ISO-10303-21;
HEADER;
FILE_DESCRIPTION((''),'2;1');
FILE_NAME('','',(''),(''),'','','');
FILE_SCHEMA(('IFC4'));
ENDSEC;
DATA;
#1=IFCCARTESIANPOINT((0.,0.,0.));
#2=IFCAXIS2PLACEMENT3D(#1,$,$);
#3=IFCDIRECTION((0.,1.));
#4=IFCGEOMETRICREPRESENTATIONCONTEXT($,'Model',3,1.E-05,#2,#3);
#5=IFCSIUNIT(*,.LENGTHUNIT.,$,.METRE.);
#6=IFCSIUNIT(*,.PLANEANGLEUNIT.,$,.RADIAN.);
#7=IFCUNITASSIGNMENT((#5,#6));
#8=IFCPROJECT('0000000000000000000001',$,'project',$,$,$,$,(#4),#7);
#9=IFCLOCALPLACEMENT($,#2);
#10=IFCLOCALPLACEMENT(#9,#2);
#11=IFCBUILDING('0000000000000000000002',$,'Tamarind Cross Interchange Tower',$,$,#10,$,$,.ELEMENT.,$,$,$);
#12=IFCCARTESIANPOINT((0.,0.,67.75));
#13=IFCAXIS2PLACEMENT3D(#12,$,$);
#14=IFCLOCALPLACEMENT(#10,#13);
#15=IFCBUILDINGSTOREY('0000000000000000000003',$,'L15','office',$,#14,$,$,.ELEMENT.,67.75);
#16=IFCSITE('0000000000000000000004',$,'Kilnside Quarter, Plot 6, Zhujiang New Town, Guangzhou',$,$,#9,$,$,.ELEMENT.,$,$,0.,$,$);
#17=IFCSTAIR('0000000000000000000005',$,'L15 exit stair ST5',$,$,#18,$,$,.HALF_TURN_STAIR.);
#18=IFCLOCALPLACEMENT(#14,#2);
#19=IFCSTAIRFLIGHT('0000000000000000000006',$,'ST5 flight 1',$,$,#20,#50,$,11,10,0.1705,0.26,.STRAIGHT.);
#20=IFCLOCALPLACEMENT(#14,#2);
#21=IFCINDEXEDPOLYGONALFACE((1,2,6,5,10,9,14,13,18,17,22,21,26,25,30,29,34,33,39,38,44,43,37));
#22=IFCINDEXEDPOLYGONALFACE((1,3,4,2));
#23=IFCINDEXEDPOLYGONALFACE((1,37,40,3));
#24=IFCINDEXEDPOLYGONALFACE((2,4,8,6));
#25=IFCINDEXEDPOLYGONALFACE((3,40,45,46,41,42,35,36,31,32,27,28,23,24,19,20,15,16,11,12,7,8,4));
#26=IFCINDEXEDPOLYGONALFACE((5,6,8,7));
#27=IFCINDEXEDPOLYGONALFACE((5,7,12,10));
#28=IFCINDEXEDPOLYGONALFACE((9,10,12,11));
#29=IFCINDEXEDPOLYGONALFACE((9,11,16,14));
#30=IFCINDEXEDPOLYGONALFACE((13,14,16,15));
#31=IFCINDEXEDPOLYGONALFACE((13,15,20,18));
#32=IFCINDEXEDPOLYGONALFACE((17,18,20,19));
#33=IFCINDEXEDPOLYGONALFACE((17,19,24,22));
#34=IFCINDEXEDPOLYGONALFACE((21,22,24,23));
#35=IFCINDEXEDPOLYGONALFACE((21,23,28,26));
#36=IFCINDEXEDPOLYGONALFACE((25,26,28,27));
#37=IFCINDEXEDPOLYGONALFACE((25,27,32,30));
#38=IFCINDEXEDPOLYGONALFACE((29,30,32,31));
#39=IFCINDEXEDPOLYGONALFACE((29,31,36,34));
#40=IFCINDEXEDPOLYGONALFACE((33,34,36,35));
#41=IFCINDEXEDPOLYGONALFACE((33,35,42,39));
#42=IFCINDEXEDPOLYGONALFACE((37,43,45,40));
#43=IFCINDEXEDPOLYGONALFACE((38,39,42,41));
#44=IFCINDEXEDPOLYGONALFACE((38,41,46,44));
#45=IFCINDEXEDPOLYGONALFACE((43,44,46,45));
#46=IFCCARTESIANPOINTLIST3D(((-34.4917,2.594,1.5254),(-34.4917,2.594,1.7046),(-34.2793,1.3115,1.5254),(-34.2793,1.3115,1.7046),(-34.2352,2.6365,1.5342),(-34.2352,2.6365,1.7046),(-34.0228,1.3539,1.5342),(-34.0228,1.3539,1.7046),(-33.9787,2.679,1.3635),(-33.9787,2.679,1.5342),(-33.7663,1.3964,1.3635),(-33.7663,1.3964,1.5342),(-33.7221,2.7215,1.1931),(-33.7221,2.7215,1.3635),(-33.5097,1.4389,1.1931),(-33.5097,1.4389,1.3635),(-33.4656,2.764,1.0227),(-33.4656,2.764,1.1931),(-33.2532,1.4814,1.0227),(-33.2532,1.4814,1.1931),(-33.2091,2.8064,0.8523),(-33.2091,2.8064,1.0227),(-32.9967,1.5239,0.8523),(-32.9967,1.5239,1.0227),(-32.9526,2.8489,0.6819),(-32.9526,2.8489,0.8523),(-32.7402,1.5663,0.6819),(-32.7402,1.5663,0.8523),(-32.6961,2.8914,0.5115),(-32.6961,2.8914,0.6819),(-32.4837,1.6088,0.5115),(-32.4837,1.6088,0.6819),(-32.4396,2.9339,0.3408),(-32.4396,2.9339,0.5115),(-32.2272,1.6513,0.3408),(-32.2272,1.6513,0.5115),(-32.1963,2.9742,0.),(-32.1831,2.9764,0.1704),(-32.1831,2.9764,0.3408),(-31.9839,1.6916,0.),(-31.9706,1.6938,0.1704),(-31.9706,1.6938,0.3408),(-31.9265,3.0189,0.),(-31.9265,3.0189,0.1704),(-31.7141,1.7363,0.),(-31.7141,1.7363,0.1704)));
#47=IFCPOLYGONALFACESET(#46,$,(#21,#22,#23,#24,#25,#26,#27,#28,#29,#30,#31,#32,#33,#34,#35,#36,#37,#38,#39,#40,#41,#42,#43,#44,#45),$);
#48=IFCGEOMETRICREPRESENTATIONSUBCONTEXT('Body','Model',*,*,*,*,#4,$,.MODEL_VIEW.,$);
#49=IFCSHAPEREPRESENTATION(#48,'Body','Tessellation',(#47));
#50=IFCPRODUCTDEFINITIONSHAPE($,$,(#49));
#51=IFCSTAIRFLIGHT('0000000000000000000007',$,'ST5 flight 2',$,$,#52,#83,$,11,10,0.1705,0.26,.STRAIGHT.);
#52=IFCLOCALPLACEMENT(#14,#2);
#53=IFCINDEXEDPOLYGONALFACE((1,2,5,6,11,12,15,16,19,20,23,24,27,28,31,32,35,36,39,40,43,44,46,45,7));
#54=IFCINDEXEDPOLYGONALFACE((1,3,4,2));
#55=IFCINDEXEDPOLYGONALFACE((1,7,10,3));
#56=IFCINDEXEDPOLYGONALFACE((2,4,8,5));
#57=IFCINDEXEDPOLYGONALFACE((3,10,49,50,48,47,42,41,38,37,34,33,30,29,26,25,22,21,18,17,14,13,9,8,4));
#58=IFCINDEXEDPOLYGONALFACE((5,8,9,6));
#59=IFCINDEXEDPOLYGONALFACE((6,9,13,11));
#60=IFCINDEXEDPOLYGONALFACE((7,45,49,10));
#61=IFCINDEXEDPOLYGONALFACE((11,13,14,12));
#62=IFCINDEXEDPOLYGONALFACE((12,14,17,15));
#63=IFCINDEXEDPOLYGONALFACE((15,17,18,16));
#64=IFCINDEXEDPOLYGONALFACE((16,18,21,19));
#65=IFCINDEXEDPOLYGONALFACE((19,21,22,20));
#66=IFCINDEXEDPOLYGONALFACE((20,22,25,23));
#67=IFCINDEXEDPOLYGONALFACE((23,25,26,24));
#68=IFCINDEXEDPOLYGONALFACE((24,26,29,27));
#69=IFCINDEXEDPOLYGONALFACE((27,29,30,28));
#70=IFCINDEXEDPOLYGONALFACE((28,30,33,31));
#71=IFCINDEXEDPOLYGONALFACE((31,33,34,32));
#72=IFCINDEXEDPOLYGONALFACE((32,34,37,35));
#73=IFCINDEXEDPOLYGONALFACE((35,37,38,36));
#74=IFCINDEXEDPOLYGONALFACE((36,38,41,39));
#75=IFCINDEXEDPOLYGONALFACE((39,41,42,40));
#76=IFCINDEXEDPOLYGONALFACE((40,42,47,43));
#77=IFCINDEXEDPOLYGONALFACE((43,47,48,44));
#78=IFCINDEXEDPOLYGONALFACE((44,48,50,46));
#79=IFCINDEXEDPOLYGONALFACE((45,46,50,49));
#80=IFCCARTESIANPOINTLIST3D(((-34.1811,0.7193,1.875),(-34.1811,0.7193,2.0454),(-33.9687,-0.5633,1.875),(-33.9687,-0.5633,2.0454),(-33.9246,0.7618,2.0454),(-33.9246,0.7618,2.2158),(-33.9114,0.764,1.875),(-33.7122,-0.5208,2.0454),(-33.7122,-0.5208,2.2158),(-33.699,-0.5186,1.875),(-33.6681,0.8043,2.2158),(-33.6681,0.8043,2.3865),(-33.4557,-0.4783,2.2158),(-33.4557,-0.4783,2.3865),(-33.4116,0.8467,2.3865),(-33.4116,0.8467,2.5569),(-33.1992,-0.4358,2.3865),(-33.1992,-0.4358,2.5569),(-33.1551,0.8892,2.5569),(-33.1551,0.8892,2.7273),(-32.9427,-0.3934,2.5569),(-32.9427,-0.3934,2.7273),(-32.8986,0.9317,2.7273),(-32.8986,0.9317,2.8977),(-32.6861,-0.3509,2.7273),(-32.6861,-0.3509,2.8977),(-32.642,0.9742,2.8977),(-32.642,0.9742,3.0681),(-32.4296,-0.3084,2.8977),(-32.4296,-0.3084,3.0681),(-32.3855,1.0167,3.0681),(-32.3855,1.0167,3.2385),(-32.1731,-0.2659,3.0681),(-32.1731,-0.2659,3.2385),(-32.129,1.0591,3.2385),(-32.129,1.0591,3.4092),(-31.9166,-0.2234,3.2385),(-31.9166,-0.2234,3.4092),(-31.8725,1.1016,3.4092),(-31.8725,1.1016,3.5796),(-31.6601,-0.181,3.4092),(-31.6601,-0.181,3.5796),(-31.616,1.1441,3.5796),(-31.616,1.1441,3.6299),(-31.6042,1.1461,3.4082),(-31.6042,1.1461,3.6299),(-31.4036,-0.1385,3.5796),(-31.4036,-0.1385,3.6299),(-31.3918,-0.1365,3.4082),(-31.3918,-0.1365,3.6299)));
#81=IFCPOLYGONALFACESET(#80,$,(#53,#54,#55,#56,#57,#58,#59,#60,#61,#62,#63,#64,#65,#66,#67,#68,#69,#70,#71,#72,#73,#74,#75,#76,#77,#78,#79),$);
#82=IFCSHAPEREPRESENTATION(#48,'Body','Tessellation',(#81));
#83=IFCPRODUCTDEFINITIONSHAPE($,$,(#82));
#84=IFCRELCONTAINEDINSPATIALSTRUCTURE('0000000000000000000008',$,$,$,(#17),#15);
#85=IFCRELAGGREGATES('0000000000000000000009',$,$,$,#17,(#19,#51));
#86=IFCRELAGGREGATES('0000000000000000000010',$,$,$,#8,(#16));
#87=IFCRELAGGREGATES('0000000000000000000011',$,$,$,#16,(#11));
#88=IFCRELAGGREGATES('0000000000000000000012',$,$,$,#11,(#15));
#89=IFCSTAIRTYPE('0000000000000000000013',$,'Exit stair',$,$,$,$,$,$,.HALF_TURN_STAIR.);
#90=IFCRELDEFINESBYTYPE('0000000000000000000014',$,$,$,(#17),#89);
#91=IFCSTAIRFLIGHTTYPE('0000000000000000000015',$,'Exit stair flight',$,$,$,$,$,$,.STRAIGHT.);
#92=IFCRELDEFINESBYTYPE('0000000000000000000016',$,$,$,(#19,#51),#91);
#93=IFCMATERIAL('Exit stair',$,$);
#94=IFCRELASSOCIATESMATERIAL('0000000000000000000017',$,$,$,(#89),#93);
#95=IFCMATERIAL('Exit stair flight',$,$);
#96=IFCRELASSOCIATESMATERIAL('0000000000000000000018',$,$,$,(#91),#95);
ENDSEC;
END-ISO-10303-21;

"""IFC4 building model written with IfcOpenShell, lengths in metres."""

from ifc_helpers import new_model, si_unit, direction, frame, origin, place, context, subcontext, project, spatial, polyline, outline, extrude, material, type_object, element, aggregate, save


model = new_model("IFC4")

# Units and contexts
model_context = context("Model", 3, precision=1e-05, world=origin(), true_north=direction((0.0, 1.0)))
body_context = subcontext(model_context, "Body", "Model", "MODEL_VIEW")
ifc_project = project(units=[si_unit("LENGTHUNIT", "METRE"), si_unit("PLANEANGLEUNIT", "RADIAN")], contexts=[model_context])

# Site, building, storey
site_placement = place(None, origin())
site = spatial("IfcSite", under=ifc_project, at=site_placement, Name="Kilnside Quarter, Plot 6, Zhujiang New Town, Guangzhou", CompositionType="ELEMENT", RefElevation=0.0)
building_placement = place(site_placement, origin())
building = spatial("IfcBuilding", under=site, at=building_placement, Name="Tamarind Cross Interchange Tower", CompositionType="ELEMENT")
storey_placement = place(building_placement, frame((0.0, 0.0, 67.75)))
storey = spatial("IfcBuildingStorey", under=building, at=storey_placement, Name="L15", Description="office", CompositionType="ELEMENT", Elevation=67.75)

# Stair, stair flights
ifc_material_1 = material(Name="Exit stair")
stair_type = type_object("IfcStairType", Name="Exit stair", PredefinedType="HALF_TURN_STAIR", material=ifc_material_1)
stair_placement = place(storey_placement, origin())
stair = element("IfcStair", 1, at=stair_placement, inside=storey, type_object=stair_type, Name="L15 exit stair ST5", PredefinedType="HALF_TURN_STAIR")
ifc_material_2 = material(Name="Exit stair flight")
stair_flight_type = type_object("IfcStairFlightType", Name="Exit stair flight", PredefinedType="STRAIGHT", material=ifc_material_2)
stair_flight_1_placement = place(storey_placement, frame((-31.8203, 2.3774, 0.0), z_axis=(0.0, 0.0, 1.0), x_axis=(-0.986563, -0.163381, 0.0)))
stair_flight_1 = element("IfcStairFlight", 2, at=stair_flight_1_placement, type_object=stair_flight_type, Name="ST5 flight 1", NumberOfRisers=11, NumberOfTreads=10, PredefinedType="STRAIGHT", RiserHeight=0.1705, TreadLength=0.26, context=body_context, shape_type="SweptSolid", body=[
    extrude(outline(polyline([(0.0, 0.0), (0.0, 0.1704), (0.26, 0.1704), (0.26, 0.3408), (0.52, 0.3408), (0.52, 0.5115), (0.78, 0.5115), (0.78, 0.6819), (1.04, 0.6819), (1.04, 0.8523), (1.3, 0.8523), (1.3, 1.0227), (1.5601, 1.0227), (1.5601, 1.1931), (1.8201, 1.1931), (1.8201, 1.3635), (2.0801, 1.3635), (2.0801, 1.5342), (2.3401, 1.5342), (2.3401, 1.7046), (2.6001, 1.7046), (2.6001, 1.875), (2.6001, 1.5254), (0.2734, 0.0), (0.0, 0.0)])), frame((0.0, 0.6499, 0.0), z_axis=(0.0, -1.0, 0.0), x_axis=(1.0, 0.0, 0.0)), (0.0, 0.0, 1.0), 1.3),
])
stair_flight_2_placement = place(storey_placement, frame((-34.075, 0.0781, 1.875), z_axis=(0.0, 0.0, 1.0), x_axis=(0.986563, 0.163381, 0.0)))
stair_flight_2 = element("IfcStairFlight", 3, at=stair_flight_2_placement, type_object=stair_flight_type, Name="ST5 flight 2", NumberOfRisers=11, NumberOfTreads=10, PredefinedType="STRAIGHT", RiserHeight=0.1705, TreadLength=0.26, context=body_context, shape_type="SweptSolid", body=[
    extrude(outline(polyline([(0.0, 0.0), (0.0, 0.1704), (0.26, 0.1704), (0.26, 0.3408), (0.52, 0.3408), (0.52, 0.5115), (0.78, 0.5115), (0.78, 0.6819), (1.04, 0.6819), (1.04, 0.8523), (1.3, 0.8523), (1.3, 1.0227), (1.5601, 1.0227), (1.5601, 1.1931), (1.8201, 1.1931), (1.8201, 1.3635), (2.0801, 1.3635), (2.0801, 1.5342), (2.3401, 1.5342), (2.3401, 1.7046), (2.6001, 1.7046), (2.6001, 1.7549), (2.6121, 1.7549), (2.6121, 1.5332), (0.2734, 0.0), (0.0, 0.0)])), frame((0.0, 0.6499, 0.0), z_axis=(0.0, -1.0, 0.0), x_axis=(1.0, 0.0, 0.0)), (0.0, 0.0, 1.0), 1.3),
])
aggregate(stair, [stair_flight_1, stair_flight_2])

save(model, "model.ifc")
